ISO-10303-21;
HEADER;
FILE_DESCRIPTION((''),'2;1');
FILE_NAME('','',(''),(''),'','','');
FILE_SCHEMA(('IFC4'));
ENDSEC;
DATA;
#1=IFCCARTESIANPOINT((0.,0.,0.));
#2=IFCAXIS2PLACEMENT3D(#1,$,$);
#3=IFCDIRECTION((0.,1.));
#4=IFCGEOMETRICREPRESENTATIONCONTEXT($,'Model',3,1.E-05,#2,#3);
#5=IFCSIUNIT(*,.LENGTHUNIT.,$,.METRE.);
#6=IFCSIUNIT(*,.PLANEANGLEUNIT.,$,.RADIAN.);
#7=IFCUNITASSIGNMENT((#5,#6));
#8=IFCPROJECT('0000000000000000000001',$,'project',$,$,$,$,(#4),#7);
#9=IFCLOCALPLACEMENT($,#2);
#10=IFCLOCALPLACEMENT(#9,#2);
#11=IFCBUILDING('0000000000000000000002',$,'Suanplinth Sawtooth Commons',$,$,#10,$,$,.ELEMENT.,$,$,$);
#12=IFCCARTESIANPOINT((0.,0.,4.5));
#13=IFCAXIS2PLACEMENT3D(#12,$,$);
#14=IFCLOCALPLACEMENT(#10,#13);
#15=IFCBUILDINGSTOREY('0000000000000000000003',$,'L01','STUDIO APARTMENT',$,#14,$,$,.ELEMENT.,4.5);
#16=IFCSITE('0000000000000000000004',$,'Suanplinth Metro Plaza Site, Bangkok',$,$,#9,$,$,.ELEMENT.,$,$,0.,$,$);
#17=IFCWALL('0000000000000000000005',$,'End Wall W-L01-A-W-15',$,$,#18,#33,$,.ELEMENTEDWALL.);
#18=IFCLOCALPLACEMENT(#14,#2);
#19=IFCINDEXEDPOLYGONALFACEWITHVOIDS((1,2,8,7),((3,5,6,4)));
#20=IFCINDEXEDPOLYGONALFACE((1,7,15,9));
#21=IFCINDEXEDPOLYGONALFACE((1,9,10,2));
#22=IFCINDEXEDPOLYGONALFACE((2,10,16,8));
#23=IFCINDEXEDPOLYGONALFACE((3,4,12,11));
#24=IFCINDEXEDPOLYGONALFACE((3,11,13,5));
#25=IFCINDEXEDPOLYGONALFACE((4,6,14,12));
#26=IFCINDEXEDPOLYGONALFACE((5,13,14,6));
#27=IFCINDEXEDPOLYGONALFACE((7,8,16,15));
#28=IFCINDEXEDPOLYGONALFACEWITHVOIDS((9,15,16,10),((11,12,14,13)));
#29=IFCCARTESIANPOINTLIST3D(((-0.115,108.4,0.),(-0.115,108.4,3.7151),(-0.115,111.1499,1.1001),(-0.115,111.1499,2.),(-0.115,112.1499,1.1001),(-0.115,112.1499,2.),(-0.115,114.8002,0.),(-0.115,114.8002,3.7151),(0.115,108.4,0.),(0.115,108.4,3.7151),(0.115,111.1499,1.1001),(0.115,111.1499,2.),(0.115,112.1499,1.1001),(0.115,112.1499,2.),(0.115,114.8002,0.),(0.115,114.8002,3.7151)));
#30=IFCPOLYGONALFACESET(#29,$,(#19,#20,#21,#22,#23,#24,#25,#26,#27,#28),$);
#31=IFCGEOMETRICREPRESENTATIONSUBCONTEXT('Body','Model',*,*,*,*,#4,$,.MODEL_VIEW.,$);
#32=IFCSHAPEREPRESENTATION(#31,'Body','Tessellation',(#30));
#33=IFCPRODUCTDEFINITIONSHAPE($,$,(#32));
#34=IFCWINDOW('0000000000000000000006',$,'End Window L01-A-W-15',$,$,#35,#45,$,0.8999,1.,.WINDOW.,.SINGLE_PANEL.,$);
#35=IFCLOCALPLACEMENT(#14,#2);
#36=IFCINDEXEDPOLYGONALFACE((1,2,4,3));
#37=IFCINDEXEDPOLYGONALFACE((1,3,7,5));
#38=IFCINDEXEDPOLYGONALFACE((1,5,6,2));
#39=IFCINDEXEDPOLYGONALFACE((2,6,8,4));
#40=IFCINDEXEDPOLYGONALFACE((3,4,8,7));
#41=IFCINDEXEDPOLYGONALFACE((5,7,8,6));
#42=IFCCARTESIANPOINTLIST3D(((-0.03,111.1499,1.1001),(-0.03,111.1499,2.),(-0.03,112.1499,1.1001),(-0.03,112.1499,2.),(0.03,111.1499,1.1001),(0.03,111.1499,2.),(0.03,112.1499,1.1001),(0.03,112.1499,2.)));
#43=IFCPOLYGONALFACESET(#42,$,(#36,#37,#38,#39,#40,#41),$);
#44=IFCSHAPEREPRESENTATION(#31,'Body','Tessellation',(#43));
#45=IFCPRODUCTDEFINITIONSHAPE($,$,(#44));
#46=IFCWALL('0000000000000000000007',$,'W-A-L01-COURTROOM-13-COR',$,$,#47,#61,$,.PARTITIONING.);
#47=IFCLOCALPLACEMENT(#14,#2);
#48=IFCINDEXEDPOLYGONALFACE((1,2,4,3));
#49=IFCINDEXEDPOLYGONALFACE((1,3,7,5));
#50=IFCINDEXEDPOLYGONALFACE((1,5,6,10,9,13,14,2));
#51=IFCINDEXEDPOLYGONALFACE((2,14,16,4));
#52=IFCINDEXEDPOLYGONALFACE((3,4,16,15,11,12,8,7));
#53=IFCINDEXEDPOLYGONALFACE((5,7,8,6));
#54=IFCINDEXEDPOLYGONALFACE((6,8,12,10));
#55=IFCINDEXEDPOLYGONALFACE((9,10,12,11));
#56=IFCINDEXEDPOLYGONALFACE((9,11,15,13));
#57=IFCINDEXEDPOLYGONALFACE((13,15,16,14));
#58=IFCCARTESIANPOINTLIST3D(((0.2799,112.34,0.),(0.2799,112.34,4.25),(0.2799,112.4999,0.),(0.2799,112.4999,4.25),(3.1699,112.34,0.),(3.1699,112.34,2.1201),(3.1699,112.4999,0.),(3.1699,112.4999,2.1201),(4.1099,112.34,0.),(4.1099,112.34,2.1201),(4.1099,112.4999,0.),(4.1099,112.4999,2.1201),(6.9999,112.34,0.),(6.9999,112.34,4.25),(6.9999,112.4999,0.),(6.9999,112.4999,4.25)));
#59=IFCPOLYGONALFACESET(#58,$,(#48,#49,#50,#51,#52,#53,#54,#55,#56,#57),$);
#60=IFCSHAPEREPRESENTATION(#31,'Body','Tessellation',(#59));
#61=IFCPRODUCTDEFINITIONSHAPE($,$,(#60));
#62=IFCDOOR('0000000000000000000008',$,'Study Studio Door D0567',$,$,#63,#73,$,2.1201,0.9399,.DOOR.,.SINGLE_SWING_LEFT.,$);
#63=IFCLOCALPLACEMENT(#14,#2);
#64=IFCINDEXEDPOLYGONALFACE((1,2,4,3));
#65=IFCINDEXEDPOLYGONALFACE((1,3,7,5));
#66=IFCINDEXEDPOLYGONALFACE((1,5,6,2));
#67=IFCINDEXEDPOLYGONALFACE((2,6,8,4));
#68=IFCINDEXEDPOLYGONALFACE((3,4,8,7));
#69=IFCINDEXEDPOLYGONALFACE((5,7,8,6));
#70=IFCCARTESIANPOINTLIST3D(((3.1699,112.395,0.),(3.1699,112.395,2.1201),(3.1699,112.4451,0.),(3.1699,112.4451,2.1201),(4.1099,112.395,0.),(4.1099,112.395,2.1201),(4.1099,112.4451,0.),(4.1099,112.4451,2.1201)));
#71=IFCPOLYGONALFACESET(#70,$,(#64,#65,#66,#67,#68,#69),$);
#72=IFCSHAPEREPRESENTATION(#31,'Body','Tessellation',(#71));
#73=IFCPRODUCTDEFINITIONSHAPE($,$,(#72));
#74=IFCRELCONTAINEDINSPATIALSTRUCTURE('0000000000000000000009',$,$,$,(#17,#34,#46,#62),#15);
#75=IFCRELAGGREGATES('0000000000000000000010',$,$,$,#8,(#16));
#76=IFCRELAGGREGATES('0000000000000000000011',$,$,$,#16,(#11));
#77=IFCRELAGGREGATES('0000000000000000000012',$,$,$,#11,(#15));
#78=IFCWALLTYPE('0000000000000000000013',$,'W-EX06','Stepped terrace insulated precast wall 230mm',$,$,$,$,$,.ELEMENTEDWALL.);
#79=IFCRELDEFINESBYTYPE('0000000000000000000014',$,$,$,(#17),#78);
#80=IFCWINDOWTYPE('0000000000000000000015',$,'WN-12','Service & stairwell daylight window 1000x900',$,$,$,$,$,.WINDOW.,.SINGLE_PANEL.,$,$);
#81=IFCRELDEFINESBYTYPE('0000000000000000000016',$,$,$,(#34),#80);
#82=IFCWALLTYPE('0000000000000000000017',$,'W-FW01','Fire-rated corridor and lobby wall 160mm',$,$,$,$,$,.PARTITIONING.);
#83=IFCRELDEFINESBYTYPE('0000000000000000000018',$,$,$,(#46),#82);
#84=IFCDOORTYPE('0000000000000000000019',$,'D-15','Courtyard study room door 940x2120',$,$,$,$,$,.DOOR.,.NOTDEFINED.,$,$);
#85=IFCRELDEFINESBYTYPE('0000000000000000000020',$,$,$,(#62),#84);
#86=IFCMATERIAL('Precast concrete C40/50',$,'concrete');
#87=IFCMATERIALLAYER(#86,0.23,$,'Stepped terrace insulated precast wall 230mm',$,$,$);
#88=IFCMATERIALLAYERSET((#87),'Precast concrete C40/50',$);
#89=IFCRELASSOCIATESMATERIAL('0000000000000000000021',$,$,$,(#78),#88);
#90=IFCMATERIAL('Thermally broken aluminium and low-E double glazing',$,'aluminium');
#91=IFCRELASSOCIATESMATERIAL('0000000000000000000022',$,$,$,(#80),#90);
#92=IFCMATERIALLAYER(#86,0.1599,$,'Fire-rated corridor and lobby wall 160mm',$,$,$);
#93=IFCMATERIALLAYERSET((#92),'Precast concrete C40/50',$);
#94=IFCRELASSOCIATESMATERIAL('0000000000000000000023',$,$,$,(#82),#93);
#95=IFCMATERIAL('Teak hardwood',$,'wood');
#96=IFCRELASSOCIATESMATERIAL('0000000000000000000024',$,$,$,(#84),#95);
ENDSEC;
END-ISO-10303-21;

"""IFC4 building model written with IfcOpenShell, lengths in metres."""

from ifc_helpers import new_model, si_unit, direction, frame, frame_2d, origin, place, context, subcontext, project, spatial, rectangle, extrude, material, layer, layer_set, type_object, element, fill, save


model = new_model("IFC4")

# Units and contexts
model_context = context("Model", 3, precision=1e-05, world=origin(), true_north=direction((0.0, 1.0)))
body_context = subcontext(model_context, "Body", "Model", "MODEL_VIEW")
ifc_project = project(units=[si_unit("LENGTHUNIT", "METRE"), si_unit("PLANEANGLEUNIT", "RADIAN")], contexts=[model_context])

# Site, building, storey
site_placement = place(None, origin())
site = spatial("IfcSite", under=ifc_project, at=site_placement, Name="Suanplinth Metro Plaza Site, Bangkok", CompositionType="ELEMENT", RefElevation=0.0)
building_placement = place(site_placement, origin())
building = spatial("IfcBuilding", under=site, at=building_placement, Name="Suanplinth Sawtooth Commons", CompositionType="ELEMENT")
storey_placement = place(building_placement, frame((0.0, 0.0, 4.5)))
storey = spatial("IfcBuildingStorey", under=building, at=storey_placement, Name="L01", Description="STUDIO APARTMENT", CompositionType="ELEMENT", Elevation=4.5)

# Shared definitions
ifc_material_1 = material(Name="Precast concrete C40/50", Category="concrete")

# Wall, opening, window
ifc_layer_1 = layer(ifc_material_1, 0.23, Name="Stepped terrace insulated precast wall 230mm")
ifc_layer_set_1 = layer_set([ifc_layer_1], Name="Precast concrete C40/50")
wall_type_1 = type_object("IfcWallType", Name="W-EX06", Description="Stepped terrace insulated precast wall 230mm", PredefinedType="ELEMENTEDWALL", material=ifc_layer_set_1)
wall_1_placement = place(storey_placement, frame((0.0, 108.3999, 0.0), z_axis=(0.0, 0.0, 1.0), x_axis=(0.0, 1.0, 0.0)))
wall_1 = element("IfcWall", 1, at=wall_1_placement, inside=storey, type_object=wall_type_1, Name="End Wall W-L01-A-W-15", PredefinedType="ELEMENTEDWALL", context=body_context, shape_type="SweptSolid", body=[
    extrude(rectangle(XDim=6.4001, YDim=0.23, at=frame_2d((3.2002, 0.0))), origin(), (0.0, 0.0, 1.0), 3.7151),
])
opening_1_placement = place(wall_1_placement, frame((2.75, 0.0, 1.1001)))
opening_1 = element("IfcOpeningElement", 2, at=opening_1_placement, cuts=wall_1, PredefinedType="OPENING", context=body_context, shape_type="SweptSolid", body=[
    extrude(rectangle(XDim=1.0, YDim=0.8999, at=frame_2d((0.5, 0.45))), frame((0.0, 0.1299, 0.0), z_axis=(0.0, -1.0, 0.0), x_axis=(1.0, 0.0, 0.0)), (0.0, 0.0, 1.0), 0.2598),
])
ifc_material_2 = material(Name="Thermally broken aluminium and low-E double glazing", Category="aluminium")
window_type = type_object("IfcWindowType", Name="WN-12", Description="Service & stairwell daylight window 1000x900", PartitioningType="SINGLE_PANEL", PredefinedType="WINDOW", material=ifc_material_2)
window_placement = place(opening_1_placement, origin())
window = element("IfcWindow", 3, at=window_placement, inside=storey, type_object=window_type, Name="End Window L01-A-W-15", OverallHeight=0.8999, OverallWidth=1.0, PartitioningType="SINGLE_PANEL", PredefinedType="WINDOW", context=body_context, shape_type="SweptSolid", body=[
    extrude(rectangle(XDim=1.0, YDim=0.8999, at=frame_2d((0.5, 0.45))), frame((0.0, 0.03, 0.0), z_axis=(0.0, -1.0, 0.0), x_axis=(1.0, 0.0, 0.0)), (0.0, 0.0, 1.0), 0.0601),
])
fill(opening_1, window)

# Wall, opening, door
ifc_layer_2 = layer(ifc_material_1, 0.1599, Name="Fire-rated corridor and lobby wall 160mm")
ifc_layer_set_2 = layer_set([ifc_layer_2], Name="Precast concrete C40/50")
wall_type_2 = type_object("IfcWallType", Name="W-FW01", Description="Fire-rated corridor and lobby wall 160mm", PredefinedType="PARTITIONING", material=ifc_layer_set_2)
wall_2_placement = place(storey_placement, frame((0.28, 112.4199, 0.0), z_axis=(0.0, 0.0, 1.0), x_axis=(1.0, 0.0, 0.0)))
wall_2 = element("IfcWall", 4, at=wall_2_placement, inside=storey, type_object=wall_type_2, Name="W-A-L01-COURTROOM-13-COR", PredefinedType="PARTITIONING", context=body_context, shape_type="SweptSolid", body=[
    extrude(rectangle(XDim=6.72, YDim=0.1599, at=frame_2d((3.3599, 0.0))), origin(), (0.0, 0.0, 1.0), 4.25),
])
opening_2_placement = place(wall_2_placement, frame((2.8899, 0.0, 0.0)))
opening_2 = element("IfcOpeningElement", 5, at=opening_2_placement, cuts=wall_2, PredefinedType="OPENING", context=body_context, shape_type="SweptSolid", body=[
    extrude(rectangle(XDim=0.9399, YDim=2.1201, at=frame_2d((0.47, 1.0601))), frame((0.0, 0.0947, 0.0), z_axis=(0.0, -1.0, 0.0), x_axis=(1.0, 0.0, 0.0)), (0.0, 0.0, 1.0), 0.1897),
])
ifc_material_3 = material(Name="Teak hardwood", Category="wood")
door_type = type_object("IfcDoorType", Name="D-15", Description="Courtyard study room door 940x2120", OperationType="NOTDEFINED", PredefinedType="DOOR", material=ifc_material_3)
door_placement = place(opening_2_placement, frame((0.9399, 0.0, 0.0), z_axis=(0.0, 0.0, 1.0), x_axis=(-1.0, 0.0, 0.0)))
door = element("IfcDoor", 6, at=door_placement, inside=storey, type_object=door_type, Name="Study Studio Door D0567", OperationType="SINGLE_SWING_LEFT", OverallHeight=2.1201, OverallWidth=0.9399, PredefinedType="DOOR", context=body_context, shape_type="SweptSolid", body=[
    extrude(rectangle(XDim=0.9399, YDim=2.1201, at=frame_2d((0.47, 1.0601))), frame((0.0, 0.0249, 0.0), z_axis=(0.0, -1.0, 0.0), x_axis=(1.0, 0.0, 0.0)), (0.0, 0.0, 1.0), 0.05),
])
fill(opening_2, door)

save(model, "model.ifc")
